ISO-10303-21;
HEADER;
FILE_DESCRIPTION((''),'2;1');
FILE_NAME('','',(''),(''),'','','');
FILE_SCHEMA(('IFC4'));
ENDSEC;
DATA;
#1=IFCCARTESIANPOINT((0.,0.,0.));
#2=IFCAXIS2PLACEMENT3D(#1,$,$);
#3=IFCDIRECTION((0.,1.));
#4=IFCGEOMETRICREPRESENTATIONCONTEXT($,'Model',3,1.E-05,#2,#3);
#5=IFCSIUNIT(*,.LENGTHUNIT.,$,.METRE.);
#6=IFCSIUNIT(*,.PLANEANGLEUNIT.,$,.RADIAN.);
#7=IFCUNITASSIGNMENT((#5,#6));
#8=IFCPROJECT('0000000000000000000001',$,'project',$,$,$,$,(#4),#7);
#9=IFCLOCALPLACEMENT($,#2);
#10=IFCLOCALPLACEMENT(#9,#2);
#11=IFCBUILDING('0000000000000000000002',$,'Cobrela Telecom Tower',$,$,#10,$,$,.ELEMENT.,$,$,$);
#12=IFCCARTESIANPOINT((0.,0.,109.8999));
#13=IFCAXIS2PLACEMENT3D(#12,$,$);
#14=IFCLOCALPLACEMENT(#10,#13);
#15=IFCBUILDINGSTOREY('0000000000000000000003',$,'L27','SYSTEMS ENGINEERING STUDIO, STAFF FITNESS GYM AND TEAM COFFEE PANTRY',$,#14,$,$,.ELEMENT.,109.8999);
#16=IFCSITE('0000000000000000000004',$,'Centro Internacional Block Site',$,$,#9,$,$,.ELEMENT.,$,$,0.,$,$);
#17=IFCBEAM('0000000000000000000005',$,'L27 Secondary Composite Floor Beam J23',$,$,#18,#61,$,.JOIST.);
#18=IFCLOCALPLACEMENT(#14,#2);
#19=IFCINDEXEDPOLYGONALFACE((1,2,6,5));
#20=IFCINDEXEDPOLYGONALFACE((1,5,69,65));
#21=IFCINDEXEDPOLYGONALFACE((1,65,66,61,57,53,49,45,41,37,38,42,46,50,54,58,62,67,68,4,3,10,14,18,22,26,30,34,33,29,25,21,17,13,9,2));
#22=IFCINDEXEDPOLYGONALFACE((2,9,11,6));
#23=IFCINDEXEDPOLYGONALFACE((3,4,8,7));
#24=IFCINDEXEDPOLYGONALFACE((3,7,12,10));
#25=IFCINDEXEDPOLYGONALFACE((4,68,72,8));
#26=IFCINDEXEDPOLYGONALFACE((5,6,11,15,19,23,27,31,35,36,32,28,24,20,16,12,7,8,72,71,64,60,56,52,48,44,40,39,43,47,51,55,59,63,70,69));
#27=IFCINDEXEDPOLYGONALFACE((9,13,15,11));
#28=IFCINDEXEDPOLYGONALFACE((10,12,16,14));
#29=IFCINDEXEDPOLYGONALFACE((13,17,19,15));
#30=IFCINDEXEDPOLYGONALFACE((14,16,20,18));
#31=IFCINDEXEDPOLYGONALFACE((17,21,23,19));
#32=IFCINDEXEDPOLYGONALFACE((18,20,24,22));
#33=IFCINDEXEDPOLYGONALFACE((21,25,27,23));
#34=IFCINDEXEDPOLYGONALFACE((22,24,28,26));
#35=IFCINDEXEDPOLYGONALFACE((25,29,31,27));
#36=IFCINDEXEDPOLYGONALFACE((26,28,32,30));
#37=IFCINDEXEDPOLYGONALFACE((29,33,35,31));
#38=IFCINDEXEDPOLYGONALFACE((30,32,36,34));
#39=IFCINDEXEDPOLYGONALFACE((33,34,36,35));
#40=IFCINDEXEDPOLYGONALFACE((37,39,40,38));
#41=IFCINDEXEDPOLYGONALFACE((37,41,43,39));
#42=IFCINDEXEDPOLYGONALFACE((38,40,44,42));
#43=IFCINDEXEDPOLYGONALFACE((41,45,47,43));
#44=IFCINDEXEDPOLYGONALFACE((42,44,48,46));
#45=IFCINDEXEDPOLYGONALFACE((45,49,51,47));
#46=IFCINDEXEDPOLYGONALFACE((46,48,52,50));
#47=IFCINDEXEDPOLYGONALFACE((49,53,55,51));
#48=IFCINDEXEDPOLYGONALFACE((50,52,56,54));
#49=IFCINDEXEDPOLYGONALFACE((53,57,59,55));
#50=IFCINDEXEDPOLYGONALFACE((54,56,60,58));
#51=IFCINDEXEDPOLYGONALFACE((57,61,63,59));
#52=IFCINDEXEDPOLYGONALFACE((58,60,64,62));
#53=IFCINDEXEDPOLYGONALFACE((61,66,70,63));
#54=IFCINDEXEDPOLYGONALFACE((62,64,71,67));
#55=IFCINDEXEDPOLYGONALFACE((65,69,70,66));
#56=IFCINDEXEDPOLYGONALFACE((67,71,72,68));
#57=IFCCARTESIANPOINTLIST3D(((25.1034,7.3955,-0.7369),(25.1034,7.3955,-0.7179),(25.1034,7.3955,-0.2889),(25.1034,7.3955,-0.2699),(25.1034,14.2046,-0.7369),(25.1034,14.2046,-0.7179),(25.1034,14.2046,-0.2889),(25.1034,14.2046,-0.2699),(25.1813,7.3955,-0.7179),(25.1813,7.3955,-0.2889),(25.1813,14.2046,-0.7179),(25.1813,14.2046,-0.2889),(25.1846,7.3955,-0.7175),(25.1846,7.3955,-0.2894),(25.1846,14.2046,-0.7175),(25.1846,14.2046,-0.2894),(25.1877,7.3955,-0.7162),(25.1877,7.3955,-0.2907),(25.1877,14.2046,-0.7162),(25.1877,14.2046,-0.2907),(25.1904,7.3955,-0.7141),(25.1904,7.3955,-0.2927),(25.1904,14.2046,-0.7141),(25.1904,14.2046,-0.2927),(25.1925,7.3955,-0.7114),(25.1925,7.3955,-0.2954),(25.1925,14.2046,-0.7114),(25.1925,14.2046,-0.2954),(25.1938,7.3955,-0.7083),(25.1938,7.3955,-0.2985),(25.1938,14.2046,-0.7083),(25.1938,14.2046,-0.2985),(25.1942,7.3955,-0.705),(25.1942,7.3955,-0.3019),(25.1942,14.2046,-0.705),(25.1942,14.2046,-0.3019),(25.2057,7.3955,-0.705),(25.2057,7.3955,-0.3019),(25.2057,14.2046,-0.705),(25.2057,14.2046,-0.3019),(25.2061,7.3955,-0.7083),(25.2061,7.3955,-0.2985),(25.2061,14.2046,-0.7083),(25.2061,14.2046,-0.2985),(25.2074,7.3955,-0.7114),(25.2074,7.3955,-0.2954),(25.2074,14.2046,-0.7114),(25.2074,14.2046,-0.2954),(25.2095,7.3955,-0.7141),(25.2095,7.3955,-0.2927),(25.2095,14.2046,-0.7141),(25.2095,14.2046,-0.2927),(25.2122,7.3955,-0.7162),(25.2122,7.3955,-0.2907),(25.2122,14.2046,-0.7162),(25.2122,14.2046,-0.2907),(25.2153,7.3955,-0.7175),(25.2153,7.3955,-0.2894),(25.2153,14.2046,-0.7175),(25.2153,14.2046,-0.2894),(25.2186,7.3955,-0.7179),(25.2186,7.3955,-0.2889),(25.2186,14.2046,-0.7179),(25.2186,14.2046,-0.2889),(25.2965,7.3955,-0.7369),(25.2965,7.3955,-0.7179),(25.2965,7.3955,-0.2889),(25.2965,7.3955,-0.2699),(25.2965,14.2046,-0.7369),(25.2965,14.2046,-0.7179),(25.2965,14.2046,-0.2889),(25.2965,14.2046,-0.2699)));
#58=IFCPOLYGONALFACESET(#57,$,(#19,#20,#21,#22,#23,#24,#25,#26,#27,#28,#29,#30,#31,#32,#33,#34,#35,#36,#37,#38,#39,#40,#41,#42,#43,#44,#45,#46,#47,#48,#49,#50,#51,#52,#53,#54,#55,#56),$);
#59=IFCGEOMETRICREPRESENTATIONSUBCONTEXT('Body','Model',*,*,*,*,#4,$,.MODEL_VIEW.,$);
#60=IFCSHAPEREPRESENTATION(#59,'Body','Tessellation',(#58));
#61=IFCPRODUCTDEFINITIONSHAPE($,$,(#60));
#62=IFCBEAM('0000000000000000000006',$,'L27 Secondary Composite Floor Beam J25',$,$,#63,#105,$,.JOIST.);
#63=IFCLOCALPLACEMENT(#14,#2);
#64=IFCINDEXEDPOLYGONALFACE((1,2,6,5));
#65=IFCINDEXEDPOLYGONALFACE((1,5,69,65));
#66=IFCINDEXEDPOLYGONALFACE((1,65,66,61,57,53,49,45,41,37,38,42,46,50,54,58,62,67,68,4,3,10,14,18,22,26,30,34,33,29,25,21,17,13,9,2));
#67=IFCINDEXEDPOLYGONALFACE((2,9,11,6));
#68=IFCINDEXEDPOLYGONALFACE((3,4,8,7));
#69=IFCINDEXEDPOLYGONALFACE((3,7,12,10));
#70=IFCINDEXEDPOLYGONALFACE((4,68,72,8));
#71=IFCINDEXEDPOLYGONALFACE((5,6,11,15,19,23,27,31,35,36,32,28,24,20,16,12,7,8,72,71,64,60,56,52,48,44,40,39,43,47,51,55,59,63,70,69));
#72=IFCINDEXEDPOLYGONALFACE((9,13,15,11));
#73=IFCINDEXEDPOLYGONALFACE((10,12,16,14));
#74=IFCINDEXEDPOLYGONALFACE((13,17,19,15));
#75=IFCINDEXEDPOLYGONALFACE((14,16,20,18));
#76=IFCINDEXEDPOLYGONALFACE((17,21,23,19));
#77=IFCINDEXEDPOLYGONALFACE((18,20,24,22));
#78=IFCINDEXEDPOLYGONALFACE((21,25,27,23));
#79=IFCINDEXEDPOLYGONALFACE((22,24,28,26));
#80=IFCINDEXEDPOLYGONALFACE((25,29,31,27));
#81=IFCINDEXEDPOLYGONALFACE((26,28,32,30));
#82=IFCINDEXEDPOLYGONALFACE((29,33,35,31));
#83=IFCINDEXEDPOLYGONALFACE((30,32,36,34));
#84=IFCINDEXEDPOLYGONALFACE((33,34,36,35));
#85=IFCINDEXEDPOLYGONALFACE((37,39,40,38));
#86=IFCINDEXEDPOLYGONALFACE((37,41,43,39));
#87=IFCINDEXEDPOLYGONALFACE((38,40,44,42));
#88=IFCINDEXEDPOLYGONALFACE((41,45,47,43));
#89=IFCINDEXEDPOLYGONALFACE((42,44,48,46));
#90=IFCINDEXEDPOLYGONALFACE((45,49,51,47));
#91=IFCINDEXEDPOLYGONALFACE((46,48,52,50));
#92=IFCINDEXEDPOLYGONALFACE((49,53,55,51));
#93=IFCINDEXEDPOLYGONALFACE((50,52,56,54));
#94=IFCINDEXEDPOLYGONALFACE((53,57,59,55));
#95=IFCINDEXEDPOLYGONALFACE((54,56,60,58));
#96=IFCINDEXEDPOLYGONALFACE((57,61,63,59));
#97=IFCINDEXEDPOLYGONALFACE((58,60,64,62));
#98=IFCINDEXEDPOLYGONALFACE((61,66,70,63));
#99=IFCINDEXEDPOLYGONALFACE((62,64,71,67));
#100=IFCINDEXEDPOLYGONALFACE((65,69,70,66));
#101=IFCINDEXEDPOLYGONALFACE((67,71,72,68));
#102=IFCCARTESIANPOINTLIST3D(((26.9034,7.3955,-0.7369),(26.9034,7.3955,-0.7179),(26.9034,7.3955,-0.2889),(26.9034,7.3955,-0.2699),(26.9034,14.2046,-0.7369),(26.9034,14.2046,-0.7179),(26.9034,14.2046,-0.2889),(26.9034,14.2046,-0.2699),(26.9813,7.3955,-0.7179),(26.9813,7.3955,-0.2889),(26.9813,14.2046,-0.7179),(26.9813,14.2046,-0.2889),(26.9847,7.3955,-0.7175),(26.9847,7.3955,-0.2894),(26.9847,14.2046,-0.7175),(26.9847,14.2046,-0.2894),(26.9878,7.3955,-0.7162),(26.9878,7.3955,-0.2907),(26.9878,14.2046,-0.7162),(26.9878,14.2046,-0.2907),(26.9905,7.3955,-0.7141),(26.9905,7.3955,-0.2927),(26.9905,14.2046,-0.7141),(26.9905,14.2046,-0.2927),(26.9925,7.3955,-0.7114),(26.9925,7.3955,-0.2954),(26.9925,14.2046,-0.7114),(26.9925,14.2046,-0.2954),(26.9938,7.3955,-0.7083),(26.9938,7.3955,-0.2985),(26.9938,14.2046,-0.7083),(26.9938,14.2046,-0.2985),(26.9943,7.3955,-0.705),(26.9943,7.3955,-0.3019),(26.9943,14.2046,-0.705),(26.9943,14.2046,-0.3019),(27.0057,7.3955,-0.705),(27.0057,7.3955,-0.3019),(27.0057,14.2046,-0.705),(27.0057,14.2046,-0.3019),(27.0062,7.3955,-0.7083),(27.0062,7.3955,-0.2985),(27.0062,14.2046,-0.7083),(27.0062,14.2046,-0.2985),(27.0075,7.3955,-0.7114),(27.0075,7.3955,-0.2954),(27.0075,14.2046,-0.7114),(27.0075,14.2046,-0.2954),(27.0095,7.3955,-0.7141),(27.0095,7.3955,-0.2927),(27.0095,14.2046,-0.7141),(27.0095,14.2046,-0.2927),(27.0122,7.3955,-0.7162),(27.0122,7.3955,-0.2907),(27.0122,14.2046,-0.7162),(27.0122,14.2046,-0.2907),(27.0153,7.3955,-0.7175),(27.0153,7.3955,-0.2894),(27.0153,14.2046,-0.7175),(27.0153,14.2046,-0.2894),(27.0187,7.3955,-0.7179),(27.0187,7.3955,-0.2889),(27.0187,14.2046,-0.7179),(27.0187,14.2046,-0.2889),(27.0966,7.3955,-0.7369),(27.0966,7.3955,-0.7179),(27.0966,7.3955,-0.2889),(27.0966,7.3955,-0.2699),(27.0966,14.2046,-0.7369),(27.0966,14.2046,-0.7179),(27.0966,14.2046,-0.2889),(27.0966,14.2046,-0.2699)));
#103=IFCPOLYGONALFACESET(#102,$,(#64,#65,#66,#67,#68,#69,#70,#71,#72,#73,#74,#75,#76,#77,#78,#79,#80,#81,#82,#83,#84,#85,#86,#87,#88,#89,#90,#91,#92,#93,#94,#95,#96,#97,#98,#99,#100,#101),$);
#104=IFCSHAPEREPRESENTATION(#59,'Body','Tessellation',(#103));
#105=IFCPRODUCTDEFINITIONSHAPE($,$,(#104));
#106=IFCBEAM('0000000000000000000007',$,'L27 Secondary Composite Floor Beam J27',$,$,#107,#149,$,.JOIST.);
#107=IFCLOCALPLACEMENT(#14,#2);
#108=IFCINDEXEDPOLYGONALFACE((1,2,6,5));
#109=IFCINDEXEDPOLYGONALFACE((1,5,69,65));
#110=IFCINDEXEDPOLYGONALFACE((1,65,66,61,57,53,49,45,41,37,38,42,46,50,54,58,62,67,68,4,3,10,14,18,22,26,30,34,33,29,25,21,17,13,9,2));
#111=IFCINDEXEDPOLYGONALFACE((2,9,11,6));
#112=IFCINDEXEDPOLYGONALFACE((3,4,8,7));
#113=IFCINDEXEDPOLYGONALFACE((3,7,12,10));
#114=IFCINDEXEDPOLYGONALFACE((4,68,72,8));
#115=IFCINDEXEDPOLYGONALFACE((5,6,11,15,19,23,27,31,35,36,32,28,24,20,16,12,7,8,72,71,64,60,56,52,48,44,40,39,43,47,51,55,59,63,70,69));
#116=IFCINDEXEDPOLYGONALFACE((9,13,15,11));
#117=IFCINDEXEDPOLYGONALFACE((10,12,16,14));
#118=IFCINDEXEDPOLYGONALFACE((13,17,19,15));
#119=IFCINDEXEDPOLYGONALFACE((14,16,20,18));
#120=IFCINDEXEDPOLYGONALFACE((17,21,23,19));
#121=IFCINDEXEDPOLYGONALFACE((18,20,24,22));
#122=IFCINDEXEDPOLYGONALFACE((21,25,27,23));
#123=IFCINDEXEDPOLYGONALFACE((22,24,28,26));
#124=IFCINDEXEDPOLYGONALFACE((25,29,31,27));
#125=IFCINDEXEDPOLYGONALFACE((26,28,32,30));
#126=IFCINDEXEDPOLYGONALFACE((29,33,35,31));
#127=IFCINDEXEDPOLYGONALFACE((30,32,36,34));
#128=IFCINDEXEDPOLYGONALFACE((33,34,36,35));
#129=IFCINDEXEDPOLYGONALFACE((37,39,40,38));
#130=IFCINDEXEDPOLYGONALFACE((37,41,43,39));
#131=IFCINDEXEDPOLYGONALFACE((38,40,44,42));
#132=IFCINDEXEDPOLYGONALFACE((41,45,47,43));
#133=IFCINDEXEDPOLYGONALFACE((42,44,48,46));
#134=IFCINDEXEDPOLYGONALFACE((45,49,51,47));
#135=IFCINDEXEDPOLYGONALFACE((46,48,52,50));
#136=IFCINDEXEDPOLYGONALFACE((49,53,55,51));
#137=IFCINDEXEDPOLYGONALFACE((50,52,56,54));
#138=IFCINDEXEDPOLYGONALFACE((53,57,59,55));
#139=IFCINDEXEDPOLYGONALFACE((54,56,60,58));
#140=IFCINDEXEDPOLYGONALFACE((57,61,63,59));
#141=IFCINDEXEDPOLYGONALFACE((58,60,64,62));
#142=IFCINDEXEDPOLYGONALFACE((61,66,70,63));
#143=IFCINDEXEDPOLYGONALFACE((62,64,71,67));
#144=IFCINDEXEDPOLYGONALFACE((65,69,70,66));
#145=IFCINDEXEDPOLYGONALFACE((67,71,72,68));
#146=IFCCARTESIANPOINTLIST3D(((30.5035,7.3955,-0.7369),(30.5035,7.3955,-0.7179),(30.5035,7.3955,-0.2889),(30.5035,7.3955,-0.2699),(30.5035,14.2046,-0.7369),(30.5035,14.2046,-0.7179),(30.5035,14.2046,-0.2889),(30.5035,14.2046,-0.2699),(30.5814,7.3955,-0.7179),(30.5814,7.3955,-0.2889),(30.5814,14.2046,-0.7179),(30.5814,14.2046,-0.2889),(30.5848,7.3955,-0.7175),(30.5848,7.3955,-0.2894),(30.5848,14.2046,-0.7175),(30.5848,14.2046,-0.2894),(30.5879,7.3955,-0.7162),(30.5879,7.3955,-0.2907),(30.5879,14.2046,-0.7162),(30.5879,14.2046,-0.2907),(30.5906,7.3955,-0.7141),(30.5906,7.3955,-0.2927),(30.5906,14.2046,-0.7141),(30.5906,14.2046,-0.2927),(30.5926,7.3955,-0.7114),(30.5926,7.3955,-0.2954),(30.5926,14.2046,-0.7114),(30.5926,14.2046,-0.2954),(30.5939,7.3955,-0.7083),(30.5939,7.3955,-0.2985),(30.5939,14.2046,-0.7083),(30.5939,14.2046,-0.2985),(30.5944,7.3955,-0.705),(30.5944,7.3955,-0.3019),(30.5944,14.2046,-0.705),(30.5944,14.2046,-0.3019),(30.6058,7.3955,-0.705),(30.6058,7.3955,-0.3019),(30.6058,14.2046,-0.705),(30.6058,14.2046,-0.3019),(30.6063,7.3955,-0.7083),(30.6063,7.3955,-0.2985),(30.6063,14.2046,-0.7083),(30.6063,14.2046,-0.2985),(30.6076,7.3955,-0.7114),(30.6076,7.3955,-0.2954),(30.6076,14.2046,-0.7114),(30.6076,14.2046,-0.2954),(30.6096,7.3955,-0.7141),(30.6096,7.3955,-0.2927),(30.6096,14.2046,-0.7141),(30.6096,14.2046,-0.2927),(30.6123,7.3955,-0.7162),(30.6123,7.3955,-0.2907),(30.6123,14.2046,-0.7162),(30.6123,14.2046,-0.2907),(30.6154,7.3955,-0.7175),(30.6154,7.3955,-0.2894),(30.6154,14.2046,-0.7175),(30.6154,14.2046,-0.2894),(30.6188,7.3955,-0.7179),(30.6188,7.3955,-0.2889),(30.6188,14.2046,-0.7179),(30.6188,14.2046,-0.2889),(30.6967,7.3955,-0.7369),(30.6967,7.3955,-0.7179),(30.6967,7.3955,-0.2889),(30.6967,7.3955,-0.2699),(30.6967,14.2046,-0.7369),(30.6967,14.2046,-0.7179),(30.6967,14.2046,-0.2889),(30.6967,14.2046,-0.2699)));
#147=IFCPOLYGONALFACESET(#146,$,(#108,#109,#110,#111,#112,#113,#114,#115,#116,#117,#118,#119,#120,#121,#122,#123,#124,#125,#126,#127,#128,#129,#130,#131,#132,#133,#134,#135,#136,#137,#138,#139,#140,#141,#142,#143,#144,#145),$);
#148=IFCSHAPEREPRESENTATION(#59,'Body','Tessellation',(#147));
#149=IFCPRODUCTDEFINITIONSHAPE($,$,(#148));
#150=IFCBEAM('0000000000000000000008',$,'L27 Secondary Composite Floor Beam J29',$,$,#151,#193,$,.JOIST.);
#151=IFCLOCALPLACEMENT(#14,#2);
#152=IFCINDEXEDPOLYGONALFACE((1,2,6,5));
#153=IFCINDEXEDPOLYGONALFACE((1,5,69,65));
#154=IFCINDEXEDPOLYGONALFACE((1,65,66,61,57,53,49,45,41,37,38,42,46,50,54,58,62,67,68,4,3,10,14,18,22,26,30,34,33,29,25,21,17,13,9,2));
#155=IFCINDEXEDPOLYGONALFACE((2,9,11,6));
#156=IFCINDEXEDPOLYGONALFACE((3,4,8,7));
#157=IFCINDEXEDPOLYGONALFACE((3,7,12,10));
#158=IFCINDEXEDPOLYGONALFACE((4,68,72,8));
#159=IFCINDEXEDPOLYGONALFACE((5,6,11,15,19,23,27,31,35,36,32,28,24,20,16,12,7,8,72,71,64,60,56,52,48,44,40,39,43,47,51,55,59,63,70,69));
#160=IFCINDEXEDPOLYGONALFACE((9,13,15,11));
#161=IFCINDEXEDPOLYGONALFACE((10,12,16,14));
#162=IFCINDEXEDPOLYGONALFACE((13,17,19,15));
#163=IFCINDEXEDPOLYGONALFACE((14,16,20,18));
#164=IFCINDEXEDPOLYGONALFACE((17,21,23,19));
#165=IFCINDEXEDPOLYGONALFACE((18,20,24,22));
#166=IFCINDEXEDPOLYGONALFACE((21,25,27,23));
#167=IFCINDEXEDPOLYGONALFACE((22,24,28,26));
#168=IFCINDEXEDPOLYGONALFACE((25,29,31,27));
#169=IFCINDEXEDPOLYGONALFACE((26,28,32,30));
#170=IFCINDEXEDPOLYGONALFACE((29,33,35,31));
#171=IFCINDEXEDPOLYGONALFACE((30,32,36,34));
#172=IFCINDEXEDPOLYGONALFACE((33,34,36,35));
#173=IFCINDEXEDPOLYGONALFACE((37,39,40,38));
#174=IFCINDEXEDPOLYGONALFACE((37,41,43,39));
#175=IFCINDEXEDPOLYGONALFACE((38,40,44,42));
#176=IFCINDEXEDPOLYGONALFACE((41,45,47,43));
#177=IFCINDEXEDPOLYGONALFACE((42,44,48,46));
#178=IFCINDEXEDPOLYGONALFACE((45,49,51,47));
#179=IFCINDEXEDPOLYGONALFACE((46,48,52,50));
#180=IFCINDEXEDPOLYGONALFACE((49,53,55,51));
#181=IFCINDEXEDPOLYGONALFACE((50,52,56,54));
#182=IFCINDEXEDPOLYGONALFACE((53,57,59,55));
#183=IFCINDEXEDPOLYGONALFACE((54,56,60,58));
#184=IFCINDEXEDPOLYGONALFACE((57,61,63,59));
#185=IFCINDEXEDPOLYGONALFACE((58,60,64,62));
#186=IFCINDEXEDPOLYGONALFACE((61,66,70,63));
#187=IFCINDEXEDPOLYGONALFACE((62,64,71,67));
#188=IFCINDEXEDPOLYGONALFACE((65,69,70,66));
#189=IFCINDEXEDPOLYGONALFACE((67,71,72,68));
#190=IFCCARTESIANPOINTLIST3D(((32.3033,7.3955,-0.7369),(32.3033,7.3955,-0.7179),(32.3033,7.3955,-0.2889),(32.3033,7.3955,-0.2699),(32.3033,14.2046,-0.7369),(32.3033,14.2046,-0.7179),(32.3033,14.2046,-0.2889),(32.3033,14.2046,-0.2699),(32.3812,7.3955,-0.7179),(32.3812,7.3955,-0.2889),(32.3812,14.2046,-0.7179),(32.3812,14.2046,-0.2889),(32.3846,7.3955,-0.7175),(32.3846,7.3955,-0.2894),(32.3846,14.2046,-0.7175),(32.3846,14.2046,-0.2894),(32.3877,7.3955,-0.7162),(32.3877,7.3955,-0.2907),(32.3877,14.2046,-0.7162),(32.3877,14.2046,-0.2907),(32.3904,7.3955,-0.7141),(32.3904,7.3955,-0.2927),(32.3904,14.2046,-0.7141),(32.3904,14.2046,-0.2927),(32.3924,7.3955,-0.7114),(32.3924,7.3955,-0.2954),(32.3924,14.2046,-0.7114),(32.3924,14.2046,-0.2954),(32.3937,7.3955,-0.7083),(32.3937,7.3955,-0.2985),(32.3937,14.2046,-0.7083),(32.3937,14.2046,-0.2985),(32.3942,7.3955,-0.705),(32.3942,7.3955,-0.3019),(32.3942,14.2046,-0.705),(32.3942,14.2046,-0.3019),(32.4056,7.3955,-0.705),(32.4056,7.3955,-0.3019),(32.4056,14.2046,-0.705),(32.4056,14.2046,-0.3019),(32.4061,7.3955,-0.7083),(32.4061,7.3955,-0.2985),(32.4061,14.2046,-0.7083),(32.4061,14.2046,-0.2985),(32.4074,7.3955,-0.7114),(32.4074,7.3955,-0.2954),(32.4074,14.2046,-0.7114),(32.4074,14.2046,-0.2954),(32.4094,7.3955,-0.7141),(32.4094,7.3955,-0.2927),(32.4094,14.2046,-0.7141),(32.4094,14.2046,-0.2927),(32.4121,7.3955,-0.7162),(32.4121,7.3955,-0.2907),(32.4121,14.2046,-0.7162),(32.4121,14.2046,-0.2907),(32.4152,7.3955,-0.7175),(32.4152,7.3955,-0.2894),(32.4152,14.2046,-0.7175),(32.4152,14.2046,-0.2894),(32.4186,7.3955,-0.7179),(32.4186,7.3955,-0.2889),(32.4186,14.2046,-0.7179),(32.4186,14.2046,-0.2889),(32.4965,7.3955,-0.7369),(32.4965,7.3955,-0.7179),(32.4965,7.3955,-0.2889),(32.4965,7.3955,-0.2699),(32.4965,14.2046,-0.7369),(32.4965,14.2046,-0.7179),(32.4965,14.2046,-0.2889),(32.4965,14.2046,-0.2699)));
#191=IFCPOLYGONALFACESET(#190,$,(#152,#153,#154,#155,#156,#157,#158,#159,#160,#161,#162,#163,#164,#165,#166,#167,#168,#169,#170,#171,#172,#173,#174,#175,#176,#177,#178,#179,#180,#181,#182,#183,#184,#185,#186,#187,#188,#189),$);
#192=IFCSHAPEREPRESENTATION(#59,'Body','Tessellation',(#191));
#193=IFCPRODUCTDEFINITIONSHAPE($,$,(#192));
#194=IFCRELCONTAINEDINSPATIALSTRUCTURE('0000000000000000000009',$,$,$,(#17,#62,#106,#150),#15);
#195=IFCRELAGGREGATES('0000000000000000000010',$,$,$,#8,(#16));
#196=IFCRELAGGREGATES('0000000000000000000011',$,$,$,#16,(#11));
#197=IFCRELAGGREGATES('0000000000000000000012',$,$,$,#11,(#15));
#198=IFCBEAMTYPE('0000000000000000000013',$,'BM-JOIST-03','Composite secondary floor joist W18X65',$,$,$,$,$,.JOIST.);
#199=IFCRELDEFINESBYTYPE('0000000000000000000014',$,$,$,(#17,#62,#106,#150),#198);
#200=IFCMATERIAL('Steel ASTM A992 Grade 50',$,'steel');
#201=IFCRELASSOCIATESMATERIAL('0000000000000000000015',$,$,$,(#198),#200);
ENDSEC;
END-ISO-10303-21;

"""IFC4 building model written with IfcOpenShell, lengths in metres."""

from ifc_helpers import new_model, si_unit, direction, frame, origin, origin_2d, place, context, subcontext, project, spatial, i_section, extrude, material, material_profile, profile_set, type_object, element, save


model = new_model("IFC4")

# Units and contexts
model_context = context("Model", 3, precision=1e-05, world=origin(), true_north=direction((0.0, 1.0)))
body_context = subcontext(model_context, "Body", "Model", "MODEL_VIEW")
ifc_project = project(units=[si_unit("LENGTHUNIT", "METRE"), si_unit("PLANEANGLEUNIT", "RADIAN")], contexts=[model_context])

# Site, building, storey
site_placement = place(None, origin())
site = spatial("IfcSite", under=ifc_project, at=site_placement, Name="Centro Internacional Block Site", CompositionType="ELEMENT", RefElevation=0.0)
building_placement = place(site_placement, origin())
building = spatial("IfcBuilding", under=site, at=building_placement, Name="Cobrela Telecom Tower", CompositionType="ELEMENT")
storey_placement = place(building_placement, frame((0.0, 0.0, 109.8999)))
storey = spatial("IfcBuildingStorey", under=building, at=storey_placement, Name="L27", Description="SYSTEMS ENGINEERING STUDIO, STAFF FITNESS GYM AND TEAM COFFEE PANTRY", CompositionType="ELEMENT", Elevation=109.8999)

# Shared definitions
ifc_material_1 = material(Name="Steel ASTM A992 Grade 50", Category="steel")

# Beams
ifc_material_profile_1 = material_profile(ifc_material_1, i_section(OverallWidth=0.1931, OverallDepth=0.467, WebThickness=0.0115, FlangeThickness=0.019, FilletRadius=0.0129, at=origin_2d()), Name="W18X65")
ifc_profile_set_1 = profile_set([ifc_material_profile_1], Name="Steel ASTM A992 Grade 50")
beam_type_1 = type_object("IfcBeamType", Name="BM-JOIST-03", Description="Composite secondary floor joist W18X65", PredefinedType="JOIST", material=ifc_profile_set_1)
for number, where, z_axis, x_axis, name in (
    (1, (25.2, 7.3955, -0.5034), (0.0, 1.0, 0.0), (-1.0, 0.0, 0.0), "L27 Secondary Composite Floor Beam J23"),
    (2, (27.0, 7.3955, -0.5034), (0.0, 1.0, 0.0), (-1.0, 0.0, 0.0), "L27 Secondary Composite Floor Beam J25"),
    (3, (30.6001, 7.3955, -0.5034), (0.0, 1.0, 0.0), (-1.0, 0.0, 0.0), "L27 Secondary Composite Floor Beam J27"),
    (4, (32.3999, 7.3955, -0.5034), (0.0, 1.0, 0.0), (-1.0, 0.0, 0.0), "L27 Secondary Composite Floor Beam J29"),
):
    element("IfcBeam", number, at=place(storey_placement, frame(where, z_axis=z_axis, x_axis=x_axis)), inside=storey, type_object=beam_type_1, Name=name, PredefinedType="JOIST", context=body_context, shape_type="SweptSolid", body=[
        extrude(i_section(OverallWidth=0.1931, OverallDepth=0.467, WebThickness=0.0115, FlangeThickness=0.019, FilletRadius=0.0129, at=origin_2d()), origin(), (0.0, 0.0, 1.0), 6.8091),
    ])

save(model, "model.ifc")
